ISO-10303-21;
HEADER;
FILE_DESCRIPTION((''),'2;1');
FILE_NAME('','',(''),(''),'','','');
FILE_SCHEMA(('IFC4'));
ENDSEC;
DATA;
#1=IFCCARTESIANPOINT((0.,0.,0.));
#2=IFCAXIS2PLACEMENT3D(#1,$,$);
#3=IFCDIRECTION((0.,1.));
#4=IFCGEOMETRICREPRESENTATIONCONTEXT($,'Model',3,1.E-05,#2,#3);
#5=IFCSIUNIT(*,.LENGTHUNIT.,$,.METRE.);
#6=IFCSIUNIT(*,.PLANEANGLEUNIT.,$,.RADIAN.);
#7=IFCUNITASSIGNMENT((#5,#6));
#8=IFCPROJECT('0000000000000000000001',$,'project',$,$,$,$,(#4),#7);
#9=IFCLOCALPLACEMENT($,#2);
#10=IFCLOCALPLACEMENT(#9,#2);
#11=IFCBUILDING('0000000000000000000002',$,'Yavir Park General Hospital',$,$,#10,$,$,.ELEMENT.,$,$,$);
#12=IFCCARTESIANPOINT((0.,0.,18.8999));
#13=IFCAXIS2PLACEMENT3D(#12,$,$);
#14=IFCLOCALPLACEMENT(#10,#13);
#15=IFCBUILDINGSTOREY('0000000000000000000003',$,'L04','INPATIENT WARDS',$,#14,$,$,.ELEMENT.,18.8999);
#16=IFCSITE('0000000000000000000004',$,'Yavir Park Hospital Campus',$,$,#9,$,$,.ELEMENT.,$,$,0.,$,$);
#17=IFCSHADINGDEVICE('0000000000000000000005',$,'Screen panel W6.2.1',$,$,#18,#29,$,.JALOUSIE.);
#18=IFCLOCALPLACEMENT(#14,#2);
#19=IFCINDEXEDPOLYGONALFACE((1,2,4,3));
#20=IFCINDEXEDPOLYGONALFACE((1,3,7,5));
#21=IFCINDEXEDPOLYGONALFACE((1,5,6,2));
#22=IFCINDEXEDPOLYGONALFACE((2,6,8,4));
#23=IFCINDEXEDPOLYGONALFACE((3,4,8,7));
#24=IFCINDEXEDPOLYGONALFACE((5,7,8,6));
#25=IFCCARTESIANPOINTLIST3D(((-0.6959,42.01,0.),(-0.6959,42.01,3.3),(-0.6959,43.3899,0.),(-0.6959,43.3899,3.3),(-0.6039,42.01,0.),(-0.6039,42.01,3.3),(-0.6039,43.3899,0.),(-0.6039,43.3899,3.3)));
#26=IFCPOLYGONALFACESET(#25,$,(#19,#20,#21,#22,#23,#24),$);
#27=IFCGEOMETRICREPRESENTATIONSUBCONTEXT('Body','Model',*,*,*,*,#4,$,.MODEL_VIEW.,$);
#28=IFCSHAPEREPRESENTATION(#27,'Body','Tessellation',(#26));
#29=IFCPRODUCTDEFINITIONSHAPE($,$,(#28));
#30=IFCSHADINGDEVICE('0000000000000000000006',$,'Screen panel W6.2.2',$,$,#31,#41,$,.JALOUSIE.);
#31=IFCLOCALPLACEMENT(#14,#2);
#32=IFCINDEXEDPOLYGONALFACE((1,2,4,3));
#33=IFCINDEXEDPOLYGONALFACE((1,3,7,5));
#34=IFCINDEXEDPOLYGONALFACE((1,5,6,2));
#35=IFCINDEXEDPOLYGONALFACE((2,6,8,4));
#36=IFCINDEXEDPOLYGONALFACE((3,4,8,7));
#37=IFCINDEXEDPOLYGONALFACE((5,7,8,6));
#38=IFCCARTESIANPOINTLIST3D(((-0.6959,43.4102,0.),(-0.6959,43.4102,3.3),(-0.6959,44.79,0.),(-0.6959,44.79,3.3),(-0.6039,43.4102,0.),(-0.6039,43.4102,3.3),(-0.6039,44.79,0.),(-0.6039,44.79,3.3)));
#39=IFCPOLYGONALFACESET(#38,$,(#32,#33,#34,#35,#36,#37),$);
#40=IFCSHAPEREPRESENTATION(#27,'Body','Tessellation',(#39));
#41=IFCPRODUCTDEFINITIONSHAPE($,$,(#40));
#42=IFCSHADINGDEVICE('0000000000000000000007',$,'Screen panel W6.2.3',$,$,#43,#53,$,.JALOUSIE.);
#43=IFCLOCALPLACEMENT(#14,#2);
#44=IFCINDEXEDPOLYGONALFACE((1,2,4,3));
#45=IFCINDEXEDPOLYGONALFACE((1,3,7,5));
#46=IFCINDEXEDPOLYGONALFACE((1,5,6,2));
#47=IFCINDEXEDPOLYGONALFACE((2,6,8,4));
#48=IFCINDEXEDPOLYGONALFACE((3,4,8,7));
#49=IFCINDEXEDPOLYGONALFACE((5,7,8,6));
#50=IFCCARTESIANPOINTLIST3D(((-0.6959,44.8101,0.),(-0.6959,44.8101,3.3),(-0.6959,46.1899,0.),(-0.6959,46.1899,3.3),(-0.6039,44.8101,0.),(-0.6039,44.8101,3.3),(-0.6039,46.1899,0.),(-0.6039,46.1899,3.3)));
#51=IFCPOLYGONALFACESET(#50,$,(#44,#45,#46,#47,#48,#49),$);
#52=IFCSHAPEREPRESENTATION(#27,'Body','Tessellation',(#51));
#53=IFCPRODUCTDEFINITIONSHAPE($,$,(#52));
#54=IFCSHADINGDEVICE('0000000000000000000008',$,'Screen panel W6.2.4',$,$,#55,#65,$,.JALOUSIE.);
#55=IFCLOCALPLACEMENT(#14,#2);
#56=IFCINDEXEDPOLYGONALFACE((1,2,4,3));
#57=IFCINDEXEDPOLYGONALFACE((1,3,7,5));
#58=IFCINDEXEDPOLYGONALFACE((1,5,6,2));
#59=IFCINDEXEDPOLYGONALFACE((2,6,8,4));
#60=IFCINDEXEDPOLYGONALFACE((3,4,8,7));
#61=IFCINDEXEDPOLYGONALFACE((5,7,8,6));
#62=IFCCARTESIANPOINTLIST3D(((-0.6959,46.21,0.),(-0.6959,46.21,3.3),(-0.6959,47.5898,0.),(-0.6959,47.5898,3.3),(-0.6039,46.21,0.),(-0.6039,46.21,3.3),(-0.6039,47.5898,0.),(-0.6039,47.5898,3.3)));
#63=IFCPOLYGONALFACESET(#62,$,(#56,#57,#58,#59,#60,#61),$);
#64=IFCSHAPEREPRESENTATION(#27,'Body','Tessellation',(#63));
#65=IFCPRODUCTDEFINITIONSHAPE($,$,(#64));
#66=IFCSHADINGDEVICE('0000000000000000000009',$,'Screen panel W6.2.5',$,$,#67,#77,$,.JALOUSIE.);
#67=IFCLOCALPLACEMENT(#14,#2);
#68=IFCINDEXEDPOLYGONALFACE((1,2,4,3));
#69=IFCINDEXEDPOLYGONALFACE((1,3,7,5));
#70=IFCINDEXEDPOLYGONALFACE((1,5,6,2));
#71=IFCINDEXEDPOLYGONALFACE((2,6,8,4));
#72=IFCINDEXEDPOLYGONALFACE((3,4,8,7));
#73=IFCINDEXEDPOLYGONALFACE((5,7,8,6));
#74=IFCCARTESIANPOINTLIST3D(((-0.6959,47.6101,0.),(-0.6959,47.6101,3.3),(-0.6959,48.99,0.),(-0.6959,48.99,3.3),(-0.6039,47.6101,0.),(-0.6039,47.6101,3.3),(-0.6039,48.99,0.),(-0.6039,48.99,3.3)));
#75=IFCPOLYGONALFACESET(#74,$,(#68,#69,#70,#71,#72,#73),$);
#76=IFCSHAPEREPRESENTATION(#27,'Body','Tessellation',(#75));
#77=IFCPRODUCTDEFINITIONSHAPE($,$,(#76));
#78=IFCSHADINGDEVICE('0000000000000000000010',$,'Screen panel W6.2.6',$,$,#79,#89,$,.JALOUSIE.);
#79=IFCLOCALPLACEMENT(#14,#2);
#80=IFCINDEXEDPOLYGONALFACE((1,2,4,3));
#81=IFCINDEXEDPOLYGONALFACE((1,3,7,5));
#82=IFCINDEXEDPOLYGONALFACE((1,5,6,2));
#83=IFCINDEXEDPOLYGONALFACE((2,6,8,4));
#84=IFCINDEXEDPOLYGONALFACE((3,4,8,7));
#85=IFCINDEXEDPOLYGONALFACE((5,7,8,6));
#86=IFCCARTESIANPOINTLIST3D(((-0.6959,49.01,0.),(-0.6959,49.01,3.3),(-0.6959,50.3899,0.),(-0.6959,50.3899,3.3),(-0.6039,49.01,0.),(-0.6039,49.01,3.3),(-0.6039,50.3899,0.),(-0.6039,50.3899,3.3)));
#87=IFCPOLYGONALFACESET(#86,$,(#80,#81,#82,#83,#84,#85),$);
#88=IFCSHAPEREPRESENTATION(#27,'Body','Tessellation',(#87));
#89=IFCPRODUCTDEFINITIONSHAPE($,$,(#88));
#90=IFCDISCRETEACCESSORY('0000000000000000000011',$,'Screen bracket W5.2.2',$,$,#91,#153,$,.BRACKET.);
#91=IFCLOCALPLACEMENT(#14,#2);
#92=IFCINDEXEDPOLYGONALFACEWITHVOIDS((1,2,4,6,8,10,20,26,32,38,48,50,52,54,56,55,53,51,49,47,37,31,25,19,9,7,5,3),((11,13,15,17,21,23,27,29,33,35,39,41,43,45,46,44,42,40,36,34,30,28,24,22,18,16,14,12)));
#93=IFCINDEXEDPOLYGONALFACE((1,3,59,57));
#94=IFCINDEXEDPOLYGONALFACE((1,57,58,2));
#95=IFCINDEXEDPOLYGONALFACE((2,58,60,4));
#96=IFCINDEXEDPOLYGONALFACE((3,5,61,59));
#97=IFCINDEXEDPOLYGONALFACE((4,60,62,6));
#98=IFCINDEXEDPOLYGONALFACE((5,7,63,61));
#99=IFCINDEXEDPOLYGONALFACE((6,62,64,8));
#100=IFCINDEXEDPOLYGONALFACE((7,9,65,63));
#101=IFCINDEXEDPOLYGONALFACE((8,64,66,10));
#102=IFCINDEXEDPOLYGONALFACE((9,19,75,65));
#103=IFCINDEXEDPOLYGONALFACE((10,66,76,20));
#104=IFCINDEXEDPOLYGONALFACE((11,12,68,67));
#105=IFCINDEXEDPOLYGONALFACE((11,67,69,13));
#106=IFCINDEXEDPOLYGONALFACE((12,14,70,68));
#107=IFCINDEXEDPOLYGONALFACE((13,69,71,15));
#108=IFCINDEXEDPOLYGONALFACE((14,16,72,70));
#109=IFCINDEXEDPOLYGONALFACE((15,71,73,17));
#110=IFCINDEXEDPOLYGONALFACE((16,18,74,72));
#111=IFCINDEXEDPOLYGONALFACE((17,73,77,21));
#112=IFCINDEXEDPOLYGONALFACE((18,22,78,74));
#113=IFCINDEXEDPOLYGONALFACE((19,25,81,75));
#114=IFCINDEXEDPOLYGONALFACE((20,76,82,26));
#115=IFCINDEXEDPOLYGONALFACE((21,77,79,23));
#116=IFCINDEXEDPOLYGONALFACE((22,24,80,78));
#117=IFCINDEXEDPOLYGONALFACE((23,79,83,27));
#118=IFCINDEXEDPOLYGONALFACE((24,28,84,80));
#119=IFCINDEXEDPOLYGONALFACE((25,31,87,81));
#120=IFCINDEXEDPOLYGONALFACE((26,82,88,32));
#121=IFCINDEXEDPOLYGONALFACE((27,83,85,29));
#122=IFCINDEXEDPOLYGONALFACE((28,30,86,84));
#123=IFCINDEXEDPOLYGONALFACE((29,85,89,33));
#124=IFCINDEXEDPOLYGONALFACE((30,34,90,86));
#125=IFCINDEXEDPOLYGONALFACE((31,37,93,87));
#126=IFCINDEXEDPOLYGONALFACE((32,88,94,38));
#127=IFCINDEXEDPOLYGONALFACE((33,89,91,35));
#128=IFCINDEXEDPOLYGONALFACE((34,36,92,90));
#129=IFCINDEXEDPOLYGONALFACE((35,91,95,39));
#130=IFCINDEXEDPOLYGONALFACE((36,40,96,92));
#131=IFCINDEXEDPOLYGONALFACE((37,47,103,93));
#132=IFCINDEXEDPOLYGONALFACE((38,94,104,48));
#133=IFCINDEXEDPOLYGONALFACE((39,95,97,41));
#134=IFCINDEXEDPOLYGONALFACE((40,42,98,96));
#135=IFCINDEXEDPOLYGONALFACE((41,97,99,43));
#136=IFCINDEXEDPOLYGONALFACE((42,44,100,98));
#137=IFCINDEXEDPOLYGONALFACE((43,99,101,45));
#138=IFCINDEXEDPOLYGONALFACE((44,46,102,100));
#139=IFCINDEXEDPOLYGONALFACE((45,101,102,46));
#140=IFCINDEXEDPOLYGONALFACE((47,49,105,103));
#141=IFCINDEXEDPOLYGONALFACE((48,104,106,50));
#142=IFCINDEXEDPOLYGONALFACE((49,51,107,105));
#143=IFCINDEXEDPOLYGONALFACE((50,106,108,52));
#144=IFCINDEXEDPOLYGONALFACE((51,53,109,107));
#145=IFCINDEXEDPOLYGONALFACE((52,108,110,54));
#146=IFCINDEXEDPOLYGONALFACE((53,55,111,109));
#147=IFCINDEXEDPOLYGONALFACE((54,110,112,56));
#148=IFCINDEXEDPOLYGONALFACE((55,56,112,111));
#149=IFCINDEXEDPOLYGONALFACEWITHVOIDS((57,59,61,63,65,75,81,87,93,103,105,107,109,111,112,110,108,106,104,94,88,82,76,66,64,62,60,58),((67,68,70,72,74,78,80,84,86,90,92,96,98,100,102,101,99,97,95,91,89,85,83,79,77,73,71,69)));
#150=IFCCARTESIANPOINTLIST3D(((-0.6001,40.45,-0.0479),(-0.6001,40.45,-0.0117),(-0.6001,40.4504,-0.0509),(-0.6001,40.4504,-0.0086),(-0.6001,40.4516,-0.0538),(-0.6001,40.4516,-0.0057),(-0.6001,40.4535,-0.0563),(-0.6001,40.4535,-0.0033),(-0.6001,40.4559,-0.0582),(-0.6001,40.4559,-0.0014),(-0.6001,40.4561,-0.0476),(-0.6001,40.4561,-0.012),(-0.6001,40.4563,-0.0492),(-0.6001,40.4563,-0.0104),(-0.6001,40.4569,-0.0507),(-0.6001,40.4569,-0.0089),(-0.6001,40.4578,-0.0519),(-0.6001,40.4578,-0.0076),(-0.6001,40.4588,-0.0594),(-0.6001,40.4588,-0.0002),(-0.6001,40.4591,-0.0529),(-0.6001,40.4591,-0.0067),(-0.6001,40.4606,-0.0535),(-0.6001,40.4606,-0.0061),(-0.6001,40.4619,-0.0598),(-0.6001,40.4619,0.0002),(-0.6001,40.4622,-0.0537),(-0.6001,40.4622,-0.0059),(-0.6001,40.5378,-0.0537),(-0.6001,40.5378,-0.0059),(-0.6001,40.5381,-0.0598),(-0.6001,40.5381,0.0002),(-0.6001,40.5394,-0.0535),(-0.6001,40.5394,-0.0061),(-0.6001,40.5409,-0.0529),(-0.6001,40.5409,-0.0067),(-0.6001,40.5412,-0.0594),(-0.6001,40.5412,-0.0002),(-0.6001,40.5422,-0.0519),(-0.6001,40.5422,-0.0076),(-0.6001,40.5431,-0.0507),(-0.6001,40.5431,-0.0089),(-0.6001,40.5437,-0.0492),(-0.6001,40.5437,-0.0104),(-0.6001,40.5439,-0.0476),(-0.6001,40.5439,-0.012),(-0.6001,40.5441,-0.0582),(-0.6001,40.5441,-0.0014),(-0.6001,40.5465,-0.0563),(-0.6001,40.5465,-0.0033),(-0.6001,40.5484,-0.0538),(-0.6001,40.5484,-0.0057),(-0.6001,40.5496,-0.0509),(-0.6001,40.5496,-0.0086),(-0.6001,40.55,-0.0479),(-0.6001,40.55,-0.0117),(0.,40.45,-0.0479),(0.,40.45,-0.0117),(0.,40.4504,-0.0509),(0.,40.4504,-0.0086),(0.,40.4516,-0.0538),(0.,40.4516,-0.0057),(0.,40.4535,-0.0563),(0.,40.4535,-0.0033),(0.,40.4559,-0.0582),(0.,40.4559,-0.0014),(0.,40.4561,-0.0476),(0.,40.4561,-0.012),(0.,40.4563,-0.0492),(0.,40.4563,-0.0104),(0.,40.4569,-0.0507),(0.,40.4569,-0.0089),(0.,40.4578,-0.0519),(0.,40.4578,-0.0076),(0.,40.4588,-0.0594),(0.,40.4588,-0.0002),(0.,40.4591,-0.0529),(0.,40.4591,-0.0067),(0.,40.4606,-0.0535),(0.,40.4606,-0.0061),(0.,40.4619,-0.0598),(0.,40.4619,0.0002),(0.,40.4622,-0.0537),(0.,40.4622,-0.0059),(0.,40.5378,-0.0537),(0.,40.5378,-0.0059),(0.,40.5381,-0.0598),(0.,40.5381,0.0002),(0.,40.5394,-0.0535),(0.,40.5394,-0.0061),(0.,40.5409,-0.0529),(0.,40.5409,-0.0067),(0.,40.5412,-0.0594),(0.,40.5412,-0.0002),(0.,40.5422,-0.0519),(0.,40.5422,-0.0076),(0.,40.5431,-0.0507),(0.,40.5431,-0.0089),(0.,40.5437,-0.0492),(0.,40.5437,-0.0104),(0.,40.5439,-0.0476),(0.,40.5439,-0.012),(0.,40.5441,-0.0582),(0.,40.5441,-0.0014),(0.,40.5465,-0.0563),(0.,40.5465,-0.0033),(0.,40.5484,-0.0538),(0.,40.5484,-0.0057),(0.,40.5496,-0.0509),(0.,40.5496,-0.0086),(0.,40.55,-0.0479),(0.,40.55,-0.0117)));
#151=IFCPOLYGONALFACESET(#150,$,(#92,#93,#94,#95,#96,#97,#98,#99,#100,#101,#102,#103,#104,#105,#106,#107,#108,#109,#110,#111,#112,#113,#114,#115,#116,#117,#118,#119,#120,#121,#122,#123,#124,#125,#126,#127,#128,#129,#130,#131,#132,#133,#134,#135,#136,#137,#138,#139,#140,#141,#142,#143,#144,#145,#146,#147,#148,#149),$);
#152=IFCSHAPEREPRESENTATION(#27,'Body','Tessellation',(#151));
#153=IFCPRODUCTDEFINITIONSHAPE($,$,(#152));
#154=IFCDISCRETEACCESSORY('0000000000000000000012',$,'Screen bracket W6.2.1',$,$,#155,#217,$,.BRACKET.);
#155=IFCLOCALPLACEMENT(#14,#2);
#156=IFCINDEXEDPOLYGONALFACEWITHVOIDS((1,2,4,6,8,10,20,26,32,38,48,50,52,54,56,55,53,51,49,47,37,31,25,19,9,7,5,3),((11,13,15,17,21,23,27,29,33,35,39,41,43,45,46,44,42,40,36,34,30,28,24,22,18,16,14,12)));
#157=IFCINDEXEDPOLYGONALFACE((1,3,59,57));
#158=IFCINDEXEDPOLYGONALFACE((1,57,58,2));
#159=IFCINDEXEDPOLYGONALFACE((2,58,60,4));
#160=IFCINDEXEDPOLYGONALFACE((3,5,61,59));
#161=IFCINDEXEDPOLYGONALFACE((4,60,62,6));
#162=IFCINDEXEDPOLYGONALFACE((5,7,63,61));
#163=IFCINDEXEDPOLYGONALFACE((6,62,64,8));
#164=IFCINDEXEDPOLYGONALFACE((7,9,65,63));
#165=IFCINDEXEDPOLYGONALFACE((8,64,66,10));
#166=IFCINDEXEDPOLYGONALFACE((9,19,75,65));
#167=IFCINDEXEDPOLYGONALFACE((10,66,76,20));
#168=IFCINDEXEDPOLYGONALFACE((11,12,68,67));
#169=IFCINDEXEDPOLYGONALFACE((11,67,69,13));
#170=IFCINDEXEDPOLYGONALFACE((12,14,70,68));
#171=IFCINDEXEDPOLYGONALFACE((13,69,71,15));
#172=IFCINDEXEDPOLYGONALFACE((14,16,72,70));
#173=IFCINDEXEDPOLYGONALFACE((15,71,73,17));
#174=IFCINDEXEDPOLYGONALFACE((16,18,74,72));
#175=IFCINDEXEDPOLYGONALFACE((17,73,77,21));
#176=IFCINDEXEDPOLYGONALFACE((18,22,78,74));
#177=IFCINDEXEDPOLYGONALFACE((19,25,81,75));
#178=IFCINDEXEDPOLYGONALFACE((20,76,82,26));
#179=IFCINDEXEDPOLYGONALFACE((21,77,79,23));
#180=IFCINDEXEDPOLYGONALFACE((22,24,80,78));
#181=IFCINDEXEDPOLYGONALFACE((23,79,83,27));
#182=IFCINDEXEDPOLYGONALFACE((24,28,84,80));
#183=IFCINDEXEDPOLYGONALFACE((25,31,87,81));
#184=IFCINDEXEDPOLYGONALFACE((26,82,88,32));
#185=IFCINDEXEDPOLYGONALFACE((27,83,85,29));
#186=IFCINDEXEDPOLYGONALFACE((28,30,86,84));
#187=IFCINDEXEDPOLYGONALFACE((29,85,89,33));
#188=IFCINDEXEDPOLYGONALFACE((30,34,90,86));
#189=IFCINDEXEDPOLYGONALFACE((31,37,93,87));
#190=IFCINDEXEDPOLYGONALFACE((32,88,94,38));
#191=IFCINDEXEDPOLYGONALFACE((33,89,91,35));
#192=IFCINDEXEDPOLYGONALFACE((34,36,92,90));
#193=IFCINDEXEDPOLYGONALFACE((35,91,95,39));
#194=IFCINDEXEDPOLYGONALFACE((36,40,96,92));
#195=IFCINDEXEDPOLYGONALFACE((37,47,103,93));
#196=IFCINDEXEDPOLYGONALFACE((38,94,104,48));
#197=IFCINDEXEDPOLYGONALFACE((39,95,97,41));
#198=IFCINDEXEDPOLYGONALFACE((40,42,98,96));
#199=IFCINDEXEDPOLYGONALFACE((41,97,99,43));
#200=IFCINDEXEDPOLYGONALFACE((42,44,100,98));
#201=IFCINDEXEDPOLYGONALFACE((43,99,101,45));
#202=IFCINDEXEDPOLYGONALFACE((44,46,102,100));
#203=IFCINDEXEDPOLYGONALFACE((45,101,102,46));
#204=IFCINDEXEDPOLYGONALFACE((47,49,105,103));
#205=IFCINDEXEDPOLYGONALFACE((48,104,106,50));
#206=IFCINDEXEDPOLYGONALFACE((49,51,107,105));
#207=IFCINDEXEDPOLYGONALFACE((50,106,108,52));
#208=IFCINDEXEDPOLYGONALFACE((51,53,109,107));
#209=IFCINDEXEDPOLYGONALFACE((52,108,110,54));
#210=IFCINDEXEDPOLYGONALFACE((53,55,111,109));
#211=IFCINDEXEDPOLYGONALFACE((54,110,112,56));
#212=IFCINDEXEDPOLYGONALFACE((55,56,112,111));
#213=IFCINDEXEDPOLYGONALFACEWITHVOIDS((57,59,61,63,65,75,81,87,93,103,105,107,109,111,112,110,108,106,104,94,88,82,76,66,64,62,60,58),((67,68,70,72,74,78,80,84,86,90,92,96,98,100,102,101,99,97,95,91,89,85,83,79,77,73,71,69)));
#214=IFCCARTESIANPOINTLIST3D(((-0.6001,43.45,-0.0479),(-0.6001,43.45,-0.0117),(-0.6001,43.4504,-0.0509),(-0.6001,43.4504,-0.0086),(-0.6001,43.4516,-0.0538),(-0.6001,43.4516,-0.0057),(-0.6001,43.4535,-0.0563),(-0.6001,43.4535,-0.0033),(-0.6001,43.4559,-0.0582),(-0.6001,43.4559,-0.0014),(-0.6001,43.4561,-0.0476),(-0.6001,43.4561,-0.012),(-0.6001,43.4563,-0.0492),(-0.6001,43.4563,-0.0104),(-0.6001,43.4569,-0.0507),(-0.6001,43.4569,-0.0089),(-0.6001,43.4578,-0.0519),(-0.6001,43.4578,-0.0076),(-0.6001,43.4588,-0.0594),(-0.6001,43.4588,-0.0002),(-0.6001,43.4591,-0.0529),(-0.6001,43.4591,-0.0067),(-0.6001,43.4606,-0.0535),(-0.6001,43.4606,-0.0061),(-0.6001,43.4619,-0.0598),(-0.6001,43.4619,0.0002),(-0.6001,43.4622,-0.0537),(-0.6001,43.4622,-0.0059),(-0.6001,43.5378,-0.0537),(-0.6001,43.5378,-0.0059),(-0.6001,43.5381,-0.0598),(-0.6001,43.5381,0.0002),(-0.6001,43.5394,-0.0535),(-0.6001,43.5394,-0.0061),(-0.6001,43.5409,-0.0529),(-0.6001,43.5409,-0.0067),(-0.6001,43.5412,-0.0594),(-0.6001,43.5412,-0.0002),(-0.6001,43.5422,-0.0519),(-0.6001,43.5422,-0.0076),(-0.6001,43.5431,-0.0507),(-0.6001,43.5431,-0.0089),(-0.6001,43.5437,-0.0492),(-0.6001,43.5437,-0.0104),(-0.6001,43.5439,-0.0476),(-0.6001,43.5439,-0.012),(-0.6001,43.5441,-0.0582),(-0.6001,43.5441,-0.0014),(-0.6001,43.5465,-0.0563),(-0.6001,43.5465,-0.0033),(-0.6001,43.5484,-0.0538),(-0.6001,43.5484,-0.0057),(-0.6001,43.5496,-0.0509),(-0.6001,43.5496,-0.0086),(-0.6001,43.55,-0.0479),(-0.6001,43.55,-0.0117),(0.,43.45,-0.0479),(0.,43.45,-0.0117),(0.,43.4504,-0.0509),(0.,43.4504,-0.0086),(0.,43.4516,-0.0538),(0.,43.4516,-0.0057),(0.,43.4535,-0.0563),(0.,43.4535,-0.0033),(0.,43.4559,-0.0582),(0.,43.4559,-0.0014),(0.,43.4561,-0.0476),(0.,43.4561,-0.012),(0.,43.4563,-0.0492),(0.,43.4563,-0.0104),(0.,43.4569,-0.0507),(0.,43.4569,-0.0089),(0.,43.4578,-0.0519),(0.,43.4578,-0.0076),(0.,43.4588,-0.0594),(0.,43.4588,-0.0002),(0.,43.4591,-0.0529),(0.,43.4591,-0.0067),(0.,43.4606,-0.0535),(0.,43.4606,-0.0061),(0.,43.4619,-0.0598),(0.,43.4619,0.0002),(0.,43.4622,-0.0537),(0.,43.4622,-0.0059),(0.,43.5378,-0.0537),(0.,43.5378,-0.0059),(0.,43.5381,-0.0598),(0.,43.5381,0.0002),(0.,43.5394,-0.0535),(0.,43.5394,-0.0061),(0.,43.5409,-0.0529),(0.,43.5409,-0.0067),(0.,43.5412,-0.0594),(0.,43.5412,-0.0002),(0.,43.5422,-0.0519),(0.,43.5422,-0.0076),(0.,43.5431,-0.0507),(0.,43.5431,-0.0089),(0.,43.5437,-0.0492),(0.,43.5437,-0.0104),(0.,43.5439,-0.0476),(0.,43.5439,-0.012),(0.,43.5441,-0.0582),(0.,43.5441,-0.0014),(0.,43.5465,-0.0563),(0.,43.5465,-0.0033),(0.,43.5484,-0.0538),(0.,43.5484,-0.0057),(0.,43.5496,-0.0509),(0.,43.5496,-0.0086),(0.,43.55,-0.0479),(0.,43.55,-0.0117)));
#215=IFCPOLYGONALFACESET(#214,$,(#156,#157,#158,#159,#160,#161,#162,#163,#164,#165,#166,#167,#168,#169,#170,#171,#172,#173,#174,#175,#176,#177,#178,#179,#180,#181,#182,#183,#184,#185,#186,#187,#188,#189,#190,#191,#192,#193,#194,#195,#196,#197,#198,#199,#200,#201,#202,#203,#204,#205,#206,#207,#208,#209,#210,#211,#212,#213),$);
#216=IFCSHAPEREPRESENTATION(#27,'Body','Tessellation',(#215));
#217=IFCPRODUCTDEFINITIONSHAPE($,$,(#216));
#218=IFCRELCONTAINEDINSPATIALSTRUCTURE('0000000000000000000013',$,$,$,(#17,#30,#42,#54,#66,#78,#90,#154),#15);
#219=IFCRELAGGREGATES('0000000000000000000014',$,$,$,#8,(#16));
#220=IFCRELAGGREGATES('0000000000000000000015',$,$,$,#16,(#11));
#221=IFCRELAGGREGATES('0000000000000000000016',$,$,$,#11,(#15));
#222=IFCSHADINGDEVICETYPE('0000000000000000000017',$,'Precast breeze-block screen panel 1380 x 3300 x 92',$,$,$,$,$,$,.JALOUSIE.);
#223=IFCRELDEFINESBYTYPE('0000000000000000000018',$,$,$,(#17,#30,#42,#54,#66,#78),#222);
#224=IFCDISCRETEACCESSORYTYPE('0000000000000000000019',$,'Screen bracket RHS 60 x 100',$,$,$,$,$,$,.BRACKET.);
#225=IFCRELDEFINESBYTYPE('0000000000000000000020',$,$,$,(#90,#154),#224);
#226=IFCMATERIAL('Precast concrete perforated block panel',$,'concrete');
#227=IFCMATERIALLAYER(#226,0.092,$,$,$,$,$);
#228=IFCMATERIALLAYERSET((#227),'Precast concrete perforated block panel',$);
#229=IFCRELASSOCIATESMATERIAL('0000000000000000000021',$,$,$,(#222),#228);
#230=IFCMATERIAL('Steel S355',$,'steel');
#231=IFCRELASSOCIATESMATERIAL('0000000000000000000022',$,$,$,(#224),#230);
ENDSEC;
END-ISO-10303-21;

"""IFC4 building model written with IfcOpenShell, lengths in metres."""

from ifc_helpers import new_model, si_unit, direction, frame, origin, origin_2d, place, context, subcontext, project, spatial, rectangle, hollow_rectangle, extrude, material, layer, layer_set, material_profile, profile_set, type_object, element, save


model = new_model("IFC4")

# Units and contexts
model_context = context("Model", 3, precision=1e-05, world=origin(), true_north=direction((0.0, 1.0)))
body_context = subcontext(model_context, "Body", "Model", "MODEL_VIEW")
ifc_project = project(units=[si_unit("LENGTHUNIT", "METRE"), si_unit("PLANEANGLEUNIT", "RADIAN")], contexts=[model_context])

# Site, building, storey
site_placement = place(None, origin())
site = spatial("IfcSite", under=ifc_project, at=site_placement, Name="Yavir Park Hospital Campus", CompositionType="ELEMENT", RefElevation=0.0)
building_placement = place(site_placement, origin())
building = spatial("IfcBuilding", under=site, at=building_placement, Name="Yavir Park General Hospital", CompositionType="ELEMENT")
storey_placement = place(building_placement, frame((0.0, 0.0, 18.8999)))
storey = spatial("IfcBuildingStorey", under=building, at=storey_placement, Name="L04", Description="INPATIENT WARDS", CompositionType="ELEMENT", Elevation=18.8999)

# Shading devices
ifc_material_1 = material(Name="Precast concrete perforated block panel", Category="concrete")
ifc_layer_1 = layer(ifc_material_1, 0.092)
ifc_layer_set_1 = layer_set([ifc_layer_1], Name="Precast concrete perforated block panel")
shading_device_type = type_object("IfcShadingDeviceType", Name="Precast breeze-block screen panel 1380 x 3300 x 92", PredefinedType="JALOUSIE", material=ifc_layer_set_1)
for number, where, z_axis, x_axis, name in (
    (1, (-0.6499, 42.7, 0.0), (0.0, 0.0, 1.0), (1.0, 0.0, 0.0), "Screen panel W6.2.1"),
    (2, (-0.6499, 44.1001, 0.0), (0.0, 0.0, 1.0), (1.0, 0.0, 0.0), "Screen panel W6.2.2"),
    (3, (-0.6499, 45.5, 0.0), (0.0, 0.0, 1.0), (1.0, 0.0, 0.0), "Screen panel W6.2.3"),
    (4, (-0.6499, 46.8999, 0.0), (0.0, 0.0, 1.0), (1.0, 0.0, 0.0), "Screen panel W6.2.4"),
    (5, (-0.6499, 48.3, 0.0), (0.0, 0.0, 1.0), (1.0, 0.0, 0.0), "Screen panel W6.2.5"),
    (6, (-0.6499, 49.7, 0.0), (0.0, 0.0, 1.0), (1.0, 0.0, 0.0), "Screen panel W6.2.6"),
):
    element("IfcShadingDevice", number, at=place(storey_placement, frame(where, z_axis=z_axis, x_axis=x_axis)), inside=storey, type_object=shading_device_type, Name=name, PredefinedType="JALOUSIE", context=body_context, shape_type="SweptSolid", body=[
        extrude(rectangle(XDim=0.092, YDim=1.3799, at=origin_2d()), origin(), (0.0, 0.0, 1.0), 3.3),
    ])

# Discrete accessories
ifc_material_2 = material(Name="Steel S355", Category="steel")
ifc_material_profile_1 = material_profile(ifc_material_2, hollow_rectangle(XDim=0.1001, YDim=0.0601, WallThickness=0.0061, InnerFilletRadius=0.0061, OuterFilletRadius=0.012, at=origin_2d()), Name="RHS60x100x6")
ifc_profile_set_1 = profile_set([ifc_material_profile_1], Name="Steel S355")
discrete_accessory_type_1 = type_object("IfcDiscreteAccessoryType", Name="Screen bracket RHS 60 x 100", PredefinedType="BRACKET", material=ifc_profile_set_1)
for number, where, z_axis, x_axis, name in (
    (7, (0.0, 40.5, -0.0298), (-1.0, 0.0, 0.0), (0.0, -1.0, 0.0), "Screen bracket W5.2.2"),
    (8, (0.0, 43.5, -0.0298), (-1.0, 0.0, 0.0), (0.0, -1.0, 0.0), "Screen bracket W6.2.1"),
):
    element("IfcDiscreteAccessory", number, at=place(storey_placement, frame(where, z_axis=z_axis, x_axis=x_axis)), inside=storey, type_object=discrete_accessory_type_1, Name=name, PredefinedType="BRACKET", context=body_context, shape_type="SweptSolid", body=[
        extrude(hollow_rectangle(XDim=0.1001, YDim=0.0601, WallThickness=0.0061, InnerFilletRadius=0.0061, OuterFilletRadius=0.012, at=origin_2d()), origin(), (0.0, 0.0, 1.0), 0.6001),
    ])

save(model, "model.ifc")
